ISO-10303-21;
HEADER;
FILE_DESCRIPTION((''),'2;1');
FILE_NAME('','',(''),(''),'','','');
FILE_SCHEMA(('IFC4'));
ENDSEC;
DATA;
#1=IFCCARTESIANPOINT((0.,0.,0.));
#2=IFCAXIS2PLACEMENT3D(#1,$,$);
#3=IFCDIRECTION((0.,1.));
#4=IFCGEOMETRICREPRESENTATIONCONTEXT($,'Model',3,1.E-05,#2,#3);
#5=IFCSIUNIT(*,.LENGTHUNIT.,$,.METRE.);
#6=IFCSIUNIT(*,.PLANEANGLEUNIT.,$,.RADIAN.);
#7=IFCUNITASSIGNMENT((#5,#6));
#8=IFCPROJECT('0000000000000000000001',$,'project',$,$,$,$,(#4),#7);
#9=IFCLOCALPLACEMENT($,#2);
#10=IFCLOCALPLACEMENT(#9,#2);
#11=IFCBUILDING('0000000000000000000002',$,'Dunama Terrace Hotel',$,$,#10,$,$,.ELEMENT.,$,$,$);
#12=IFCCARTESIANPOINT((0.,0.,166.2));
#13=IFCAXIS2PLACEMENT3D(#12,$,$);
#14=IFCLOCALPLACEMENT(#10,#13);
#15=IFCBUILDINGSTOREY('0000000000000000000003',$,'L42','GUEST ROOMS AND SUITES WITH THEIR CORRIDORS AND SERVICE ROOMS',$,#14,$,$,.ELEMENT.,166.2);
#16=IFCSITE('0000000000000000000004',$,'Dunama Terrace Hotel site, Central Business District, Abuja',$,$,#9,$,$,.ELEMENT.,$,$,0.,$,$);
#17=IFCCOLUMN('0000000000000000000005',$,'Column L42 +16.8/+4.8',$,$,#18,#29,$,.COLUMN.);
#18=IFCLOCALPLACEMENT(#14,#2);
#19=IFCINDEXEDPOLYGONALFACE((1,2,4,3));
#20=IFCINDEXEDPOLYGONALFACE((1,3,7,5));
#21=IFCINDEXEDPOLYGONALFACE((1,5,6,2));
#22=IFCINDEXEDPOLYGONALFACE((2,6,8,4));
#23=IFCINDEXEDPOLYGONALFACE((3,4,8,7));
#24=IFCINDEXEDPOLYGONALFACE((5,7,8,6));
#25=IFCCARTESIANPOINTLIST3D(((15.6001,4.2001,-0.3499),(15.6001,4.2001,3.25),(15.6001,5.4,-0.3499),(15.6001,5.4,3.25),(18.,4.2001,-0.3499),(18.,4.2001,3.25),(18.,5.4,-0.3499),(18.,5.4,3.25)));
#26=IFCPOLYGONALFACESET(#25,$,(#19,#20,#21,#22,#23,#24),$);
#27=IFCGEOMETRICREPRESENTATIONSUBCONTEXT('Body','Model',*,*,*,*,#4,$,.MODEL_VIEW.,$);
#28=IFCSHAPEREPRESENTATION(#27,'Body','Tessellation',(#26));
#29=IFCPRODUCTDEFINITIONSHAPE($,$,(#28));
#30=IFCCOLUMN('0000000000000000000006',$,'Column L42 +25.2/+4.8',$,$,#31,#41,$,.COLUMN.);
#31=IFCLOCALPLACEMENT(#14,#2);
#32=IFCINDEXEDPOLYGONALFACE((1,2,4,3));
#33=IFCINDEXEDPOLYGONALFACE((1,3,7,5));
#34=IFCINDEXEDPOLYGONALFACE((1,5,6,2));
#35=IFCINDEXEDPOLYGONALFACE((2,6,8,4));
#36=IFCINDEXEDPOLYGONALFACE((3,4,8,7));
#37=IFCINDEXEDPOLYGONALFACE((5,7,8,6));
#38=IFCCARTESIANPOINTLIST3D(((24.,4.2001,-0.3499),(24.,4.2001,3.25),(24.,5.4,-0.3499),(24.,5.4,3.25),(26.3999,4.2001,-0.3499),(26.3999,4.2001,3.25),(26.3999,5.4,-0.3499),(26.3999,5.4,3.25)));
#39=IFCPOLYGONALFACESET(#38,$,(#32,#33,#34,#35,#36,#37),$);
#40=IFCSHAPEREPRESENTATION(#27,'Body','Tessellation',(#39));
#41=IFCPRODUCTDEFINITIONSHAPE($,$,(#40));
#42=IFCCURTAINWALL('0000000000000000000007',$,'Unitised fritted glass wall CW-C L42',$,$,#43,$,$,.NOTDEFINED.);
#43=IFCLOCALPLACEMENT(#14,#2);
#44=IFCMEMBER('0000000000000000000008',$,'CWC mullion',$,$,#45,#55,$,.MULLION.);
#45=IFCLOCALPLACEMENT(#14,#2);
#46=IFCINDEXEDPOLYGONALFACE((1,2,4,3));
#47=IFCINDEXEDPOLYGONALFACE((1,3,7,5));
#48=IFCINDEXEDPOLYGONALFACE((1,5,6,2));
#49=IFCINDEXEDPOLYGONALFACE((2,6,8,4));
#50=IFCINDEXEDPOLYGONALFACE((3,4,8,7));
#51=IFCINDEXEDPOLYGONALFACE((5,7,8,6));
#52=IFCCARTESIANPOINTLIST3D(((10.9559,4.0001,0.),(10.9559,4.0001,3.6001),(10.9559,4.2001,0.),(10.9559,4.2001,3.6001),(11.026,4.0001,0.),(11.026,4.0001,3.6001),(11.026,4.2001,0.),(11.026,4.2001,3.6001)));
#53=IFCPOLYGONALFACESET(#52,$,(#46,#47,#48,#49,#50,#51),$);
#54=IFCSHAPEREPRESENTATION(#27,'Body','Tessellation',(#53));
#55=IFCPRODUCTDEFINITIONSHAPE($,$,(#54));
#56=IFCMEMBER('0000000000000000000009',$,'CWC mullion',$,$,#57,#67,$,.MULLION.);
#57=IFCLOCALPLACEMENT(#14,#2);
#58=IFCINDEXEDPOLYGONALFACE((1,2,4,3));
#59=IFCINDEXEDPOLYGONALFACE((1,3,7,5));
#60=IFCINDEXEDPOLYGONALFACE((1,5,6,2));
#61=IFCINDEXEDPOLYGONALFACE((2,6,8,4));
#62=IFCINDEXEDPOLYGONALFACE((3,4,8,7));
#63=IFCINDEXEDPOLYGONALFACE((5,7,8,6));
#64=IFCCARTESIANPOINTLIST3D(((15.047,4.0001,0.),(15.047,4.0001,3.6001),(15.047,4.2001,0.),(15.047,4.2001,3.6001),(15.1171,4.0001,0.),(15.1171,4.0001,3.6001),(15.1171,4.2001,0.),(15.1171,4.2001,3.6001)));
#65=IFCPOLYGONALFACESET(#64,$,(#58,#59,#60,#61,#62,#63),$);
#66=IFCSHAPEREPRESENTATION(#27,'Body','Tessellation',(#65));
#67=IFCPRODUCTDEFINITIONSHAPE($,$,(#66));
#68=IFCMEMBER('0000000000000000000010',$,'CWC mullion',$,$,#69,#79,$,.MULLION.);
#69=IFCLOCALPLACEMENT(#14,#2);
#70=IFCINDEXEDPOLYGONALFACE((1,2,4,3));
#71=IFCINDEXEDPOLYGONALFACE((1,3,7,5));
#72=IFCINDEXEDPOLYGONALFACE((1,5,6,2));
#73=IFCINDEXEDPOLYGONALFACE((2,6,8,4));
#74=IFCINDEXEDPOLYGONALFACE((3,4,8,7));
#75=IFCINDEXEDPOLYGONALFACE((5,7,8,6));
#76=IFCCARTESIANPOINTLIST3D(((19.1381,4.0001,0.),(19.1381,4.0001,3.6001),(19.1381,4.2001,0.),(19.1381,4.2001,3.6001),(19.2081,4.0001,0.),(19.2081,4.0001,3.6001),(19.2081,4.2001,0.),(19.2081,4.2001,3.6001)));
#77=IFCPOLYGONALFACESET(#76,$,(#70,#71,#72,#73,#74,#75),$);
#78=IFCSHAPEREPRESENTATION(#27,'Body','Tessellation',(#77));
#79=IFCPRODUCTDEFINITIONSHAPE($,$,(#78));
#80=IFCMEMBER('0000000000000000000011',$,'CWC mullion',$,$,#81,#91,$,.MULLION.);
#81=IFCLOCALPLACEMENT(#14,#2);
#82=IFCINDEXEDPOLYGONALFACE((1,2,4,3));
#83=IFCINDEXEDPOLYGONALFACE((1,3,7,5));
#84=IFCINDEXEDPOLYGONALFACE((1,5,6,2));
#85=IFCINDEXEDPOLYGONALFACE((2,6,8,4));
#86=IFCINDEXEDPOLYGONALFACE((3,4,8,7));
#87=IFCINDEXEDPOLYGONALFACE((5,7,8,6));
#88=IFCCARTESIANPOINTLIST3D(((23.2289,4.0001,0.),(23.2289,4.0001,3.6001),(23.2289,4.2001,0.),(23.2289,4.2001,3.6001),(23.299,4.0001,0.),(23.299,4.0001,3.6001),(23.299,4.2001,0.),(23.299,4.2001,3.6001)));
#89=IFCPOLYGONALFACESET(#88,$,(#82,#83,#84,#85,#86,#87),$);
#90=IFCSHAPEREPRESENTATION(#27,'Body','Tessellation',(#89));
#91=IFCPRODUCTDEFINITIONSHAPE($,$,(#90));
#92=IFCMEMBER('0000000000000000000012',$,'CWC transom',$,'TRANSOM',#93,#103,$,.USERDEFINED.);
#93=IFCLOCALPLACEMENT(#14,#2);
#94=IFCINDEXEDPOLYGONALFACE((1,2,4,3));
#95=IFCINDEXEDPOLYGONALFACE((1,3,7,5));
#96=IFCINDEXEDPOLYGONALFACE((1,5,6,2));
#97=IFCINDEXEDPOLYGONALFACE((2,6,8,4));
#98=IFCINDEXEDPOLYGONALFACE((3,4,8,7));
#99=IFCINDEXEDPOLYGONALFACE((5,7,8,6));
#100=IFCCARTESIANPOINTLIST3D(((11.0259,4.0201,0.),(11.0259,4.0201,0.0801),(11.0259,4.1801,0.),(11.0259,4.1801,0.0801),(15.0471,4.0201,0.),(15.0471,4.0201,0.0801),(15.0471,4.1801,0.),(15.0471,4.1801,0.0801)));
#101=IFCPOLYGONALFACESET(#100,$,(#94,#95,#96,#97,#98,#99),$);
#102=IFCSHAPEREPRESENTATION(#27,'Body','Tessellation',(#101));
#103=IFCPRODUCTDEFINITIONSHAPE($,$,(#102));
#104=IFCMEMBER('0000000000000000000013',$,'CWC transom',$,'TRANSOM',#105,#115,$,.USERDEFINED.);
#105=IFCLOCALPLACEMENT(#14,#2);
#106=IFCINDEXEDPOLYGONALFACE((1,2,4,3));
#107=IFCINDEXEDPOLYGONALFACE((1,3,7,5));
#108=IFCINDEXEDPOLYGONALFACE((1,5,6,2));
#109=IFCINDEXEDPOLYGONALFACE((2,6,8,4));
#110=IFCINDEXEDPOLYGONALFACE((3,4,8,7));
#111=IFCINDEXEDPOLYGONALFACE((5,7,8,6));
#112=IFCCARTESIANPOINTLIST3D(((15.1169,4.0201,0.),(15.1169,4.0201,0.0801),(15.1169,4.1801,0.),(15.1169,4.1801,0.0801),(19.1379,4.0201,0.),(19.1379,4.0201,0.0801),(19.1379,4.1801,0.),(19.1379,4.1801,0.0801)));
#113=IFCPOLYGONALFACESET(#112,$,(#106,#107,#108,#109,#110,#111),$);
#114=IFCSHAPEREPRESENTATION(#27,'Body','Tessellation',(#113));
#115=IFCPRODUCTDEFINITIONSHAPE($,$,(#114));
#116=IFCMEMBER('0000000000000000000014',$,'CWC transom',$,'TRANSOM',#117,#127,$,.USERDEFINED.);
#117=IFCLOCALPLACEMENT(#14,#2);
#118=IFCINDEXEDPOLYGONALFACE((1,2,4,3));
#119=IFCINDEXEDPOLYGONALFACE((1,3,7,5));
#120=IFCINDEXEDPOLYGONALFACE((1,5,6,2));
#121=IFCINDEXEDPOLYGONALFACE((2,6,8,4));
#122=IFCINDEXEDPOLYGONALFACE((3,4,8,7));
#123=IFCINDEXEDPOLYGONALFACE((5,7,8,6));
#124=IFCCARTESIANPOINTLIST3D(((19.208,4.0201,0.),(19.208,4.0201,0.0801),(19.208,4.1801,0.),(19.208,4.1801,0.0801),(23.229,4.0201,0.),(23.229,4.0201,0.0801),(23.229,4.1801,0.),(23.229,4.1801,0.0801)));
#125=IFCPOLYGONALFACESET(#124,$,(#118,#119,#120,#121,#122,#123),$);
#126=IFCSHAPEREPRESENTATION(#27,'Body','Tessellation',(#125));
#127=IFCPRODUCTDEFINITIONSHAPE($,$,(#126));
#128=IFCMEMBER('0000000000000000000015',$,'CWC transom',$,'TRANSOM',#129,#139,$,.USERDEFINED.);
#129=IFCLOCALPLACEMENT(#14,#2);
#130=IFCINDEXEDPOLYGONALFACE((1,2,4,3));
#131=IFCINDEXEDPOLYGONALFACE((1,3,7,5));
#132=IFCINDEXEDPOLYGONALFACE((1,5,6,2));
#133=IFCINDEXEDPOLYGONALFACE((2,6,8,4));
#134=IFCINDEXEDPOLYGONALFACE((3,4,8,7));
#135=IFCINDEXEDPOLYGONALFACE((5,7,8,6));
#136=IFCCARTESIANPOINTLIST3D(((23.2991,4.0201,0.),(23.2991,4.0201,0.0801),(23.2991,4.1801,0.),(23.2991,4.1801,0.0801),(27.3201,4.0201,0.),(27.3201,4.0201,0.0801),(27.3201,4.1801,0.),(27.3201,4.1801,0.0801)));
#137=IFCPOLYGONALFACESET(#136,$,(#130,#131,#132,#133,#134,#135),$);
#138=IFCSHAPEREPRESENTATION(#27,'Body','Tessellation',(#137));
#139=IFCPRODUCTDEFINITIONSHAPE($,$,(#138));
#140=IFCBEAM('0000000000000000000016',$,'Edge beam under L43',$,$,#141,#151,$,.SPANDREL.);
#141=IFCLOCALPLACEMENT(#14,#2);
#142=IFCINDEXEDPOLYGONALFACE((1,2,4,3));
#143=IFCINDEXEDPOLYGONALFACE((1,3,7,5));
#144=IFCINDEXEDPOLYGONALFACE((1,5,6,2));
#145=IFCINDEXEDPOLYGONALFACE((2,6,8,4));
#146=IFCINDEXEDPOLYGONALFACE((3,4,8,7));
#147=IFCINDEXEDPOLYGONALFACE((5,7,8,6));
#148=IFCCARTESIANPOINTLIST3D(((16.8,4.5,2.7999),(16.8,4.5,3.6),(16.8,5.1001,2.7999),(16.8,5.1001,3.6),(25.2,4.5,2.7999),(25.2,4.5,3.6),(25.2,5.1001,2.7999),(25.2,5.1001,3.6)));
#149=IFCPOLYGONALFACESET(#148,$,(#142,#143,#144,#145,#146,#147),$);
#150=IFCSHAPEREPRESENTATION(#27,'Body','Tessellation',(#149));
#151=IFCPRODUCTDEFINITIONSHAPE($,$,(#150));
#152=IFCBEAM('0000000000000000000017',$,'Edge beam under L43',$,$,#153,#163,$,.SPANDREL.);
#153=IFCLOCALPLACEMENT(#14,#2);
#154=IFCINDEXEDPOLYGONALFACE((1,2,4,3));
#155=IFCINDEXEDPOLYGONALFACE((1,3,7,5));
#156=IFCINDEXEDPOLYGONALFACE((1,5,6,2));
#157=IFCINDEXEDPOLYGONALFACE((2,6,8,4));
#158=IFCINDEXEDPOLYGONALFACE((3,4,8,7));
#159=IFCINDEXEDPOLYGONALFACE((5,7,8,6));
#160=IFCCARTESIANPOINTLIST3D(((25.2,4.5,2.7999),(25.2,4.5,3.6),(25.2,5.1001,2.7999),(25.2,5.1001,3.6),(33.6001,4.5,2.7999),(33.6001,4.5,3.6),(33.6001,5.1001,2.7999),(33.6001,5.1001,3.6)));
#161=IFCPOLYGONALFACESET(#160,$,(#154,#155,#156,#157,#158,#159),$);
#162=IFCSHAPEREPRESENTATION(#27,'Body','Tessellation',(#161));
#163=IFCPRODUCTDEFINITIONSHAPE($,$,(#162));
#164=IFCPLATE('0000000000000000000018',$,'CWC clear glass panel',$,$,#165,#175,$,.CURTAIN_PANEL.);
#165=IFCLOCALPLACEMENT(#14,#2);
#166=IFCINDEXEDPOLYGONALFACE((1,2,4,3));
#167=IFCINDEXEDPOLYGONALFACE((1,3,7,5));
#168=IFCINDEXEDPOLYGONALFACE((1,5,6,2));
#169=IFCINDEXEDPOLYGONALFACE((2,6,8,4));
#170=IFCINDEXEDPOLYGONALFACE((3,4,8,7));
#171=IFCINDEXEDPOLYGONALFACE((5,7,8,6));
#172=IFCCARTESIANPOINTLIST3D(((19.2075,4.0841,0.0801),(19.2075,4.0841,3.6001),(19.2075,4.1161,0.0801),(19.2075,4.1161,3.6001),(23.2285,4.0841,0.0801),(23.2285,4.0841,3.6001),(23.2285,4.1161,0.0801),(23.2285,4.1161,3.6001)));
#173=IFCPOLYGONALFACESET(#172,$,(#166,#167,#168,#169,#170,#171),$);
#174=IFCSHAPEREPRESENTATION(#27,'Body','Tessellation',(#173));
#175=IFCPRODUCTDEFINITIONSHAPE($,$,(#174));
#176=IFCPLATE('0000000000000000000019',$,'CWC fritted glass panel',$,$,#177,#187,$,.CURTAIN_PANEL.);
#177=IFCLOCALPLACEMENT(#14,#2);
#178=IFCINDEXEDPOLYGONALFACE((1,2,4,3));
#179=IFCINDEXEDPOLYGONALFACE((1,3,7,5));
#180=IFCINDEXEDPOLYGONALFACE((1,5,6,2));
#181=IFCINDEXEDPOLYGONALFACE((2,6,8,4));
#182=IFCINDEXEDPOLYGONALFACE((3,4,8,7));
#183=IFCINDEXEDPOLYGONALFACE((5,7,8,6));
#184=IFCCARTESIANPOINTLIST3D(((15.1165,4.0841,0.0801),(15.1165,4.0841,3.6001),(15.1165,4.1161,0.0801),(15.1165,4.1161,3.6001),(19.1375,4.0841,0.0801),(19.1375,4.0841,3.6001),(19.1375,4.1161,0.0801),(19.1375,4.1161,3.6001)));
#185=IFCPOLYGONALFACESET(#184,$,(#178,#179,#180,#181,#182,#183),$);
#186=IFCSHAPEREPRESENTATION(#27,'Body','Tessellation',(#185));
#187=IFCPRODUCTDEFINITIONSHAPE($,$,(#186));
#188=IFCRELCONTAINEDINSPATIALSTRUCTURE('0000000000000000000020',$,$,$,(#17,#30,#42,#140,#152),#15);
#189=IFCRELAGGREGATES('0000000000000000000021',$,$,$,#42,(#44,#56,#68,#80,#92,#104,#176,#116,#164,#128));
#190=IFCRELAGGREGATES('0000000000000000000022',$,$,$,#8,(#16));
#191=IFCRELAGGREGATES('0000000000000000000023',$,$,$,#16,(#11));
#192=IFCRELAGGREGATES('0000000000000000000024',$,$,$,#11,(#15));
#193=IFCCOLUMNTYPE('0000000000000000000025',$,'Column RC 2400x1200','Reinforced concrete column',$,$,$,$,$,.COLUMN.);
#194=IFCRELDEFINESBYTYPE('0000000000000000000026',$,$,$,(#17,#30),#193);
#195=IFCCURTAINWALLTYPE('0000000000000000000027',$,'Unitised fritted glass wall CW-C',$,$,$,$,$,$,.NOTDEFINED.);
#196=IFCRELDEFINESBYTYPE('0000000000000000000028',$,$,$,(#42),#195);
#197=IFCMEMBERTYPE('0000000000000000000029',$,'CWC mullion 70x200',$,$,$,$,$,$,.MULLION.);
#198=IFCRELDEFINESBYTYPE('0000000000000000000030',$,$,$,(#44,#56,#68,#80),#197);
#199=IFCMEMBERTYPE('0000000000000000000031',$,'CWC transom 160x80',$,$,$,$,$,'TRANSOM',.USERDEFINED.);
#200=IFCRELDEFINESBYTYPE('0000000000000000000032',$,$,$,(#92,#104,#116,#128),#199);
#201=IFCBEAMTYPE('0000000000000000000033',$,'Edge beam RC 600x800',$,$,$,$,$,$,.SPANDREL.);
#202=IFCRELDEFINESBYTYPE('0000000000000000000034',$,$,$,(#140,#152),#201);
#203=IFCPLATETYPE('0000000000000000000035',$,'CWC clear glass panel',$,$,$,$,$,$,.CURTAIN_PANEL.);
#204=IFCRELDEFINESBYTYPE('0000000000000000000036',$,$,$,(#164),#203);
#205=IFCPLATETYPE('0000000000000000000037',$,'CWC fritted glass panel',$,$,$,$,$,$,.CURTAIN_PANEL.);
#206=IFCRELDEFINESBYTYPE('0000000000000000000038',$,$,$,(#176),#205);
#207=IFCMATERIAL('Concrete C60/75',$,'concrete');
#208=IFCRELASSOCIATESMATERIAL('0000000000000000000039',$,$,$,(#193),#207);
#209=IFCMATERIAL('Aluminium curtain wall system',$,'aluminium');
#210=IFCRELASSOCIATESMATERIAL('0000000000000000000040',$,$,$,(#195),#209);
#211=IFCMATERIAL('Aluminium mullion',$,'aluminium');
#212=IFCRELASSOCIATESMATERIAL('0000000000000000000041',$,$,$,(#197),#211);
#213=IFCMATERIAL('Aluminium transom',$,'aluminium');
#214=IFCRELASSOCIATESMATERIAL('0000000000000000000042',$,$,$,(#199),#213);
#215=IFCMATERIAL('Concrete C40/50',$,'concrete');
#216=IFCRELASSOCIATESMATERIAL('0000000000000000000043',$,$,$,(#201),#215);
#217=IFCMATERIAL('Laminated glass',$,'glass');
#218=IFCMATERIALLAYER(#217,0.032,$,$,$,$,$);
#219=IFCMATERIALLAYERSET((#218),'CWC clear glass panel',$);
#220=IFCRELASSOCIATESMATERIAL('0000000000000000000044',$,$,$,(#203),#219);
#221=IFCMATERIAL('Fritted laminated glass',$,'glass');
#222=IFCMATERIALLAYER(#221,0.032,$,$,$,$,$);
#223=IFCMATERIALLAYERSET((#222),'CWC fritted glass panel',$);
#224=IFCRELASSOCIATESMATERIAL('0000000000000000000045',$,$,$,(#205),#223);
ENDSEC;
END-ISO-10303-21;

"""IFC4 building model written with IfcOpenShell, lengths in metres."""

from ifc_helpers import new_model, si_unit, direction, frame, origin, origin_2d, place, context, subcontext, project, spatial, rectangle, extrude, material, layer, layer_set, material_profile, profile_set, type_object, element, aggregate, save


model = new_model("IFC4")

# Units and contexts
model_context = context("Model", 3, precision=1e-05, world=origin(), true_north=direction((0.0, 1.0)))
body_context = subcontext(model_context, "Body", "Model", "MODEL_VIEW")
ifc_project = project(units=[si_unit("LENGTHUNIT", "METRE"), si_unit("PLANEANGLEUNIT", "RADIAN")], contexts=[model_context])

# Site, building, storey
site_placement = place(None, origin())
site = spatial("IfcSite", under=ifc_project, at=site_placement, Name="Dunama Terrace Hotel site, Central Business District, Abuja", CompositionType="ELEMENT", RefElevation=0.0)
building_placement = place(site_placement, origin())
building = spatial("IfcBuilding", under=site, at=building_placement, Name="Dunama Terrace Hotel", CompositionType="ELEMENT")
storey_placement = place(building_placement, frame((0.0, 0.0, 166.2)))
storey = spatial("IfcBuildingStorey", under=building, at=storey_placement, Name="L42", Description="GUEST ROOMS AND SUITES WITH THEIR CORRIDORS AND SERVICE ROOMS", CompositionType="ELEMENT", Elevation=166.2)

# Columns
ifc_material_1 = material(Name="Concrete C60/75", Category="concrete")
ifc_material_profile_1 = material_profile(ifc_material_1, rectangle(XDim=2.3999, YDim=1.2, at=origin_2d()), Name="RC 2400x1200")
ifc_profile_set_1 = profile_set([ifc_material_profile_1], Name="Concrete C60/75")
column_type = type_object("IfcColumnType", Name="Column RC 2400x1200", Description="Reinforced concrete column", PredefinedType="COLUMN", material=ifc_profile_set_1)
for number, where, z_axis, x_axis, name in (
    (1, (16.8, 4.8, -0.3499), (0.0, 0.0, 1.0), (1.0, 0.0, 0.0), "Column L42 +16.8/+4.8"),
    (2, (25.2, 4.8, -0.3499), (0.0, 0.0, 1.0), (1.0, 0.0, 0.0), "Column L42 +25.2/+4.8"),
):
    element("IfcColumn", number, at=place(storey_placement, frame(where, z_axis=z_axis, x_axis=x_axis)), inside=storey, type_object=column_type, Name=name, PredefinedType="COLUMN", context=body_context, shape_type="SweptSolid", body=[
        extrude(rectangle(XDim=2.3999, YDim=1.2, at=origin_2d()), origin(), (0.0, 0.0, 1.0), 3.5999),
    ])

# Curtain wall, members
ifc_material_2 = material(Name="Aluminium curtain wall system", Category="aluminium")
curtain_wall_type = type_object("IfcCurtainWallType", Name="Unitised fritted glass wall CW-C", PredefinedType="NOTDEFINED", material=ifc_material_2)
curtain_wall_placement = place(storey_placement, origin())
curtain_wall = element("IfcCurtainWall", 3, at=curtain_wall_placement, inside=storey, type_object=curtain_wall_type, Name="Unitised fritted glass wall CW-C L42", PredefinedType="NOTDEFINED")
ifc_material_3 = material(Name="Aluminium mullion", Category="aluminium")
ifc_material_profile_2 = material_profile(ifc_material_3, rectangle(XDim=0.0701, YDim=0.2, at=origin_2d()), Name="CWC MULLION 70X200")
ifc_profile_set_2 = profile_set([ifc_material_profile_2], Name="Aluminium mullion")
member_type_1 = type_object("IfcMemberType", Name="CWC mullion 70x200", PredefinedType="MULLION", material=ifc_profile_set_2)
member_1_placement = place(storey_placement, frame((10.991, 4.1001, 0.0), z_axis=(0.0, 0.0, 1.0), x_axis=(1.0, 0.0, 0.0)))
member_1 = element("IfcMember", 4, at=member_1_placement, type_object=member_type_1, Name="CWC mullion", PredefinedType="MULLION", context=body_context, shape_type="SweptSolid", body=[
    extrude(rectangle(XDim=0.0701, YDim=0.2, at=origin_2d()), origin(), (0.0, 0.0, 1.0), 3.6001),
])
member_2_placement = place(storey_placement, frame((15.082, 4.1001, 0.0), z_axis=(0.0, 0.0, 1.0), x_axis=(1.0, 0.0, 0.0)))
member_2 = element("IfcMember", 5, at=member_2_placement, type_object=member_type_1, Name="CWC mullion", PredefinedType="MULLION", context=body_context, shape_type="SweptSolid", body=[
    extrude(rectangle(XDim=0.0701, YDim=0.2, at=origin_2d()), origin(), (0.0, 0.0, 1.0), 3.6001),
])
member_3_placement = place(storey_placement, frame((19.1731, 4.1001, 0.0), z_axis=(0.0, 0.0, 1.0), x_axis=(1.0, 0.0, 0.0)))
member_3 = element("IfcMember", 6, at=member_3_placement, type_object=member_type_1, Name="CWC mullion", PredefinedType="MULLION", context=body_context, shape_type="SweptSolid", body=[
    extrude(rectangle(XDim=0.0701, YDim=0.2, at=origin_2d()), origin(), (0.0, 0.0, 1.0), 3.6001),
])
member_4_placement = place(storey_placement, frame((23.2639, 4.1001, 0.0), z_axis=(0.0, 0.0, 1.0), x_axis=(1.0, 0.0, 0.0)))
member_4 = element("IfcMember", 7, at=member_4_placement, type_object=member_type_1, Name="CWC mullion", PredefinedType="MULLION", context=body_context, shape_type="SweptSolid", body=[
    extrude(rectangle(XDim=0.0701, YDim=0.2, at=origin_2d()), origin(), (0.0, 0.0, 1.0), 3.6001),
])
ifc_material_4 = material(Name="Aluminium transom", Category="aluminium")
ifc_material_profile_3 = material_profile(ifc_material_4, rectangle(XDim=0.1599, YDim=0.0801, at=origin_2d()), Name="CWC TRANSOM 160X80")
ifc_profile_set_3 = profile_set([ifc_material_profile_3], Name="Aluminium transom")
member_type_2 = type_object("IfcMemberType", Name="CWC transom 160x80", ElementType="TRANSOM", PredefinedType="USERDEFINED", material=ifc_profile_set_3)
member_5_placement = place(storey_placement, frame((11.0259, 4.1001, 0.04), z_axis=(1.0, 0.0, 0.0), x_axis=(0.0, 1.0, 0.0)))
member_5 = element("IfcMember", 8, at=member_5_placement, type_object=member_type_2, Name="CWC transom", ObjectType="TRANSOM", PredefinedType="USERDEFINED", context=body_context, shape_type="SweptSolid", body=[
    extrude(rectangle(XDim=0.1599, YDim=0.0801, at=origin_2d()), origin(), (0.0, 0.0, 1.0), 4.0212),
])
member_6_placement = place(storey_placement, frame((15.1169, 4.1001, 0.04), z_axis=(1.0, 0.0, 0.0), x_axis=(0.0, 1.0, 0.0)))
member_6 = element("IfcMember", 9, at=member_6_placement, type_object=member_type_2, Name="CWC transom", ObjectType="TRANSOM", PredefinedType="USERDEFINED", context=body_context, shape_type="SweptSolid", body=[
    extrude(rectangle(XDim=0.1599, YDim=0.0801, at=origin_2d()), origin(), (0.0, 0.0, 1.0), 4.021),
])
member_7_placement = place(storey_placement, frame((19.208, 4.1001, 0.04), z_axis=(1.0, 0.0, 0.0), x_axis=(0.0, 1.0, 0.0)))
member_7 = element("IfcMember", 10, at=member_7_placement, type_object=member_type_2, Name="CWC transom", ObjectType="TRANSOM", PredefinedType="USERDEFINED", context=body_context, shape_type="SweptSolid", body=[
    extrude(rectangle(XDim=0.1599, YDim=0.0801, at=origin_2d()), origin(), (0.0, 0.0, 1.0), 4.021),
])
member_8_placement = place(storey_placement, frame((23.2991, 4.1001, 0.04), z_axis=(1.0, 0.0, 0.0), x_axis=(0.0, 1.0, 0.0)))
member_8 = element("IfcMember", 11, at=member_8_placement, type_object=member_type_2, Name="CWC transom", ObjectType="TRANSOM", PredefinedType="USERDEFINED", context=body_context, shape_type="SweptSolid", body=[
    extrude(rectangle(XDim=0.1599, YDim=0.0801, at=origin_2d()), origin(), (0.0, 0.0, 1.0), 4.021),
])

# Beams
ifc_material_5 = material(Name="Concrete C40/50", Category="concrete")
ifc_material_profile_4 = material_profile(ifc_material_5, rectangle(XDim=0.6001, YDim=0.8, at=origin_2d()), Name="RC 600x800")
ifc_profile_set_4 = profile_set([ifc_material_profile_4], Name="Concrete C40/50")
beam_type = type_object("IfcBeamType", Name="Edge beam RC 600x800", PredefinedType="SPANDREL", material=ifc_profile_set_4)
beam_1_placement = place(storey_placement, frame((16.8, 4.8, 3.2), z_axis=(1.0, 0.0, 0.0), x_axis=(0.0, 1.0, 0.0)))
element("IfcBeam", 12, at=beam_1_placement, inside=storey, type_object=beam_type, Name="Edge beam under L43", PredefinedType="SPANDREL", context=body_context, shape_type="SweptSolid", body=[
    extrude(rectangle(XDim=0.6001, YDim=0.8, at=origin_2d()), origin(), (0.0, 0.0, 1.0), 8.3999),
])
beam_2_placement = place(storey_placement, frame((25.2, 4.8, 3.2), z_axis=(1.0, 0.0, 0.0), x_axis=(0.0, 1.0, 0.0)))
element("IfcBeam", 13, at=beam_2_placement, inside=storey, type_object=beam_type, Name="Edge beam under L43", PredefinedType="SPANDREL", context=body_context, shape_type="SweptSolid", body=[
    extrude(rectangle(XDim=0.6001, YDim=0.8, at=origin_2d()), origin(), (0.0, 0.0, 1.0), 8.4001),
])

# Plates
ifc_material_6 = material(Name="Laminated glass", Category="glass")
ifc_layer_1 = layer(ifc_material_6, 0.032)
ifc_layer_set_1 = layer_set([ifc_layer_1], Name="CWC clear glass panel")
plate_type_1 = type_object("IfcPlateType", Name="CWC clear glass panel", PredefinedType="CURTAIN_PANEL", material=ifc_layer_set_1)
plate_1_placement = place(storey_placement, frame((21.218, 4.1001, 0.0801), z_axis=(0.0, 0.0, 1.0), x_axis=(1.0, 0.0, 0.0)))
plate_1 = element("IfcPlate", 14, at=plate_1_placement, type_object=plate_type_1, Name="CWC clear glass panel", PredefinedType="CURTAIN_PANEL", context=body_context, shape_type="SweptSolid", body=[
    extrude(rectangle(XDim=4.021, YDim=0.032, at=origin_2d()), origin(), (0.0, 0.0, 1.0), 3.52),
])
ifc_material_7 = material(Name="Fritted laminated glass", Category="glass")
ifc_layer_2 = layer(ifc_material_7, 0.032)
ifc_layer_set_2 = layer_set([ifc_layer_2], Name="CWC fritted glass panel")
plate_type_2 = type_object("IfcPlateType", Name="CWC fritted glass panel", PredefinedType="CURTAIN_PANEL", material=ifc_layer_set_2)
plate_2_placement = place(storey_placement, frame((17.127, 4.1001, 0.0801), z_axis=(0.0, 0.0, 1.0), x_axis=(1.0, 0.0, 0.0)))
plate_2 = element("IfcPlate", 15, at=plate_2_placement, type_object=plate_type_2, Name="CWC fritted glass panel", PredefinedType="CURTAIN_PANEL", context=body_context, shape_type="SweptSolid", body=[
    extrude(rectangle(XDim=4.021, YDim=0.032, at=origin_2d()), origin(), (0.0, 0.0, 1.0), 3.52),
])
aggregate(curtain_wall, [member_1, member_2, member_3, member_4, member_5, member_6, plate_2, member_7, plate_1, member_8])

save(model, "model.ifc")
